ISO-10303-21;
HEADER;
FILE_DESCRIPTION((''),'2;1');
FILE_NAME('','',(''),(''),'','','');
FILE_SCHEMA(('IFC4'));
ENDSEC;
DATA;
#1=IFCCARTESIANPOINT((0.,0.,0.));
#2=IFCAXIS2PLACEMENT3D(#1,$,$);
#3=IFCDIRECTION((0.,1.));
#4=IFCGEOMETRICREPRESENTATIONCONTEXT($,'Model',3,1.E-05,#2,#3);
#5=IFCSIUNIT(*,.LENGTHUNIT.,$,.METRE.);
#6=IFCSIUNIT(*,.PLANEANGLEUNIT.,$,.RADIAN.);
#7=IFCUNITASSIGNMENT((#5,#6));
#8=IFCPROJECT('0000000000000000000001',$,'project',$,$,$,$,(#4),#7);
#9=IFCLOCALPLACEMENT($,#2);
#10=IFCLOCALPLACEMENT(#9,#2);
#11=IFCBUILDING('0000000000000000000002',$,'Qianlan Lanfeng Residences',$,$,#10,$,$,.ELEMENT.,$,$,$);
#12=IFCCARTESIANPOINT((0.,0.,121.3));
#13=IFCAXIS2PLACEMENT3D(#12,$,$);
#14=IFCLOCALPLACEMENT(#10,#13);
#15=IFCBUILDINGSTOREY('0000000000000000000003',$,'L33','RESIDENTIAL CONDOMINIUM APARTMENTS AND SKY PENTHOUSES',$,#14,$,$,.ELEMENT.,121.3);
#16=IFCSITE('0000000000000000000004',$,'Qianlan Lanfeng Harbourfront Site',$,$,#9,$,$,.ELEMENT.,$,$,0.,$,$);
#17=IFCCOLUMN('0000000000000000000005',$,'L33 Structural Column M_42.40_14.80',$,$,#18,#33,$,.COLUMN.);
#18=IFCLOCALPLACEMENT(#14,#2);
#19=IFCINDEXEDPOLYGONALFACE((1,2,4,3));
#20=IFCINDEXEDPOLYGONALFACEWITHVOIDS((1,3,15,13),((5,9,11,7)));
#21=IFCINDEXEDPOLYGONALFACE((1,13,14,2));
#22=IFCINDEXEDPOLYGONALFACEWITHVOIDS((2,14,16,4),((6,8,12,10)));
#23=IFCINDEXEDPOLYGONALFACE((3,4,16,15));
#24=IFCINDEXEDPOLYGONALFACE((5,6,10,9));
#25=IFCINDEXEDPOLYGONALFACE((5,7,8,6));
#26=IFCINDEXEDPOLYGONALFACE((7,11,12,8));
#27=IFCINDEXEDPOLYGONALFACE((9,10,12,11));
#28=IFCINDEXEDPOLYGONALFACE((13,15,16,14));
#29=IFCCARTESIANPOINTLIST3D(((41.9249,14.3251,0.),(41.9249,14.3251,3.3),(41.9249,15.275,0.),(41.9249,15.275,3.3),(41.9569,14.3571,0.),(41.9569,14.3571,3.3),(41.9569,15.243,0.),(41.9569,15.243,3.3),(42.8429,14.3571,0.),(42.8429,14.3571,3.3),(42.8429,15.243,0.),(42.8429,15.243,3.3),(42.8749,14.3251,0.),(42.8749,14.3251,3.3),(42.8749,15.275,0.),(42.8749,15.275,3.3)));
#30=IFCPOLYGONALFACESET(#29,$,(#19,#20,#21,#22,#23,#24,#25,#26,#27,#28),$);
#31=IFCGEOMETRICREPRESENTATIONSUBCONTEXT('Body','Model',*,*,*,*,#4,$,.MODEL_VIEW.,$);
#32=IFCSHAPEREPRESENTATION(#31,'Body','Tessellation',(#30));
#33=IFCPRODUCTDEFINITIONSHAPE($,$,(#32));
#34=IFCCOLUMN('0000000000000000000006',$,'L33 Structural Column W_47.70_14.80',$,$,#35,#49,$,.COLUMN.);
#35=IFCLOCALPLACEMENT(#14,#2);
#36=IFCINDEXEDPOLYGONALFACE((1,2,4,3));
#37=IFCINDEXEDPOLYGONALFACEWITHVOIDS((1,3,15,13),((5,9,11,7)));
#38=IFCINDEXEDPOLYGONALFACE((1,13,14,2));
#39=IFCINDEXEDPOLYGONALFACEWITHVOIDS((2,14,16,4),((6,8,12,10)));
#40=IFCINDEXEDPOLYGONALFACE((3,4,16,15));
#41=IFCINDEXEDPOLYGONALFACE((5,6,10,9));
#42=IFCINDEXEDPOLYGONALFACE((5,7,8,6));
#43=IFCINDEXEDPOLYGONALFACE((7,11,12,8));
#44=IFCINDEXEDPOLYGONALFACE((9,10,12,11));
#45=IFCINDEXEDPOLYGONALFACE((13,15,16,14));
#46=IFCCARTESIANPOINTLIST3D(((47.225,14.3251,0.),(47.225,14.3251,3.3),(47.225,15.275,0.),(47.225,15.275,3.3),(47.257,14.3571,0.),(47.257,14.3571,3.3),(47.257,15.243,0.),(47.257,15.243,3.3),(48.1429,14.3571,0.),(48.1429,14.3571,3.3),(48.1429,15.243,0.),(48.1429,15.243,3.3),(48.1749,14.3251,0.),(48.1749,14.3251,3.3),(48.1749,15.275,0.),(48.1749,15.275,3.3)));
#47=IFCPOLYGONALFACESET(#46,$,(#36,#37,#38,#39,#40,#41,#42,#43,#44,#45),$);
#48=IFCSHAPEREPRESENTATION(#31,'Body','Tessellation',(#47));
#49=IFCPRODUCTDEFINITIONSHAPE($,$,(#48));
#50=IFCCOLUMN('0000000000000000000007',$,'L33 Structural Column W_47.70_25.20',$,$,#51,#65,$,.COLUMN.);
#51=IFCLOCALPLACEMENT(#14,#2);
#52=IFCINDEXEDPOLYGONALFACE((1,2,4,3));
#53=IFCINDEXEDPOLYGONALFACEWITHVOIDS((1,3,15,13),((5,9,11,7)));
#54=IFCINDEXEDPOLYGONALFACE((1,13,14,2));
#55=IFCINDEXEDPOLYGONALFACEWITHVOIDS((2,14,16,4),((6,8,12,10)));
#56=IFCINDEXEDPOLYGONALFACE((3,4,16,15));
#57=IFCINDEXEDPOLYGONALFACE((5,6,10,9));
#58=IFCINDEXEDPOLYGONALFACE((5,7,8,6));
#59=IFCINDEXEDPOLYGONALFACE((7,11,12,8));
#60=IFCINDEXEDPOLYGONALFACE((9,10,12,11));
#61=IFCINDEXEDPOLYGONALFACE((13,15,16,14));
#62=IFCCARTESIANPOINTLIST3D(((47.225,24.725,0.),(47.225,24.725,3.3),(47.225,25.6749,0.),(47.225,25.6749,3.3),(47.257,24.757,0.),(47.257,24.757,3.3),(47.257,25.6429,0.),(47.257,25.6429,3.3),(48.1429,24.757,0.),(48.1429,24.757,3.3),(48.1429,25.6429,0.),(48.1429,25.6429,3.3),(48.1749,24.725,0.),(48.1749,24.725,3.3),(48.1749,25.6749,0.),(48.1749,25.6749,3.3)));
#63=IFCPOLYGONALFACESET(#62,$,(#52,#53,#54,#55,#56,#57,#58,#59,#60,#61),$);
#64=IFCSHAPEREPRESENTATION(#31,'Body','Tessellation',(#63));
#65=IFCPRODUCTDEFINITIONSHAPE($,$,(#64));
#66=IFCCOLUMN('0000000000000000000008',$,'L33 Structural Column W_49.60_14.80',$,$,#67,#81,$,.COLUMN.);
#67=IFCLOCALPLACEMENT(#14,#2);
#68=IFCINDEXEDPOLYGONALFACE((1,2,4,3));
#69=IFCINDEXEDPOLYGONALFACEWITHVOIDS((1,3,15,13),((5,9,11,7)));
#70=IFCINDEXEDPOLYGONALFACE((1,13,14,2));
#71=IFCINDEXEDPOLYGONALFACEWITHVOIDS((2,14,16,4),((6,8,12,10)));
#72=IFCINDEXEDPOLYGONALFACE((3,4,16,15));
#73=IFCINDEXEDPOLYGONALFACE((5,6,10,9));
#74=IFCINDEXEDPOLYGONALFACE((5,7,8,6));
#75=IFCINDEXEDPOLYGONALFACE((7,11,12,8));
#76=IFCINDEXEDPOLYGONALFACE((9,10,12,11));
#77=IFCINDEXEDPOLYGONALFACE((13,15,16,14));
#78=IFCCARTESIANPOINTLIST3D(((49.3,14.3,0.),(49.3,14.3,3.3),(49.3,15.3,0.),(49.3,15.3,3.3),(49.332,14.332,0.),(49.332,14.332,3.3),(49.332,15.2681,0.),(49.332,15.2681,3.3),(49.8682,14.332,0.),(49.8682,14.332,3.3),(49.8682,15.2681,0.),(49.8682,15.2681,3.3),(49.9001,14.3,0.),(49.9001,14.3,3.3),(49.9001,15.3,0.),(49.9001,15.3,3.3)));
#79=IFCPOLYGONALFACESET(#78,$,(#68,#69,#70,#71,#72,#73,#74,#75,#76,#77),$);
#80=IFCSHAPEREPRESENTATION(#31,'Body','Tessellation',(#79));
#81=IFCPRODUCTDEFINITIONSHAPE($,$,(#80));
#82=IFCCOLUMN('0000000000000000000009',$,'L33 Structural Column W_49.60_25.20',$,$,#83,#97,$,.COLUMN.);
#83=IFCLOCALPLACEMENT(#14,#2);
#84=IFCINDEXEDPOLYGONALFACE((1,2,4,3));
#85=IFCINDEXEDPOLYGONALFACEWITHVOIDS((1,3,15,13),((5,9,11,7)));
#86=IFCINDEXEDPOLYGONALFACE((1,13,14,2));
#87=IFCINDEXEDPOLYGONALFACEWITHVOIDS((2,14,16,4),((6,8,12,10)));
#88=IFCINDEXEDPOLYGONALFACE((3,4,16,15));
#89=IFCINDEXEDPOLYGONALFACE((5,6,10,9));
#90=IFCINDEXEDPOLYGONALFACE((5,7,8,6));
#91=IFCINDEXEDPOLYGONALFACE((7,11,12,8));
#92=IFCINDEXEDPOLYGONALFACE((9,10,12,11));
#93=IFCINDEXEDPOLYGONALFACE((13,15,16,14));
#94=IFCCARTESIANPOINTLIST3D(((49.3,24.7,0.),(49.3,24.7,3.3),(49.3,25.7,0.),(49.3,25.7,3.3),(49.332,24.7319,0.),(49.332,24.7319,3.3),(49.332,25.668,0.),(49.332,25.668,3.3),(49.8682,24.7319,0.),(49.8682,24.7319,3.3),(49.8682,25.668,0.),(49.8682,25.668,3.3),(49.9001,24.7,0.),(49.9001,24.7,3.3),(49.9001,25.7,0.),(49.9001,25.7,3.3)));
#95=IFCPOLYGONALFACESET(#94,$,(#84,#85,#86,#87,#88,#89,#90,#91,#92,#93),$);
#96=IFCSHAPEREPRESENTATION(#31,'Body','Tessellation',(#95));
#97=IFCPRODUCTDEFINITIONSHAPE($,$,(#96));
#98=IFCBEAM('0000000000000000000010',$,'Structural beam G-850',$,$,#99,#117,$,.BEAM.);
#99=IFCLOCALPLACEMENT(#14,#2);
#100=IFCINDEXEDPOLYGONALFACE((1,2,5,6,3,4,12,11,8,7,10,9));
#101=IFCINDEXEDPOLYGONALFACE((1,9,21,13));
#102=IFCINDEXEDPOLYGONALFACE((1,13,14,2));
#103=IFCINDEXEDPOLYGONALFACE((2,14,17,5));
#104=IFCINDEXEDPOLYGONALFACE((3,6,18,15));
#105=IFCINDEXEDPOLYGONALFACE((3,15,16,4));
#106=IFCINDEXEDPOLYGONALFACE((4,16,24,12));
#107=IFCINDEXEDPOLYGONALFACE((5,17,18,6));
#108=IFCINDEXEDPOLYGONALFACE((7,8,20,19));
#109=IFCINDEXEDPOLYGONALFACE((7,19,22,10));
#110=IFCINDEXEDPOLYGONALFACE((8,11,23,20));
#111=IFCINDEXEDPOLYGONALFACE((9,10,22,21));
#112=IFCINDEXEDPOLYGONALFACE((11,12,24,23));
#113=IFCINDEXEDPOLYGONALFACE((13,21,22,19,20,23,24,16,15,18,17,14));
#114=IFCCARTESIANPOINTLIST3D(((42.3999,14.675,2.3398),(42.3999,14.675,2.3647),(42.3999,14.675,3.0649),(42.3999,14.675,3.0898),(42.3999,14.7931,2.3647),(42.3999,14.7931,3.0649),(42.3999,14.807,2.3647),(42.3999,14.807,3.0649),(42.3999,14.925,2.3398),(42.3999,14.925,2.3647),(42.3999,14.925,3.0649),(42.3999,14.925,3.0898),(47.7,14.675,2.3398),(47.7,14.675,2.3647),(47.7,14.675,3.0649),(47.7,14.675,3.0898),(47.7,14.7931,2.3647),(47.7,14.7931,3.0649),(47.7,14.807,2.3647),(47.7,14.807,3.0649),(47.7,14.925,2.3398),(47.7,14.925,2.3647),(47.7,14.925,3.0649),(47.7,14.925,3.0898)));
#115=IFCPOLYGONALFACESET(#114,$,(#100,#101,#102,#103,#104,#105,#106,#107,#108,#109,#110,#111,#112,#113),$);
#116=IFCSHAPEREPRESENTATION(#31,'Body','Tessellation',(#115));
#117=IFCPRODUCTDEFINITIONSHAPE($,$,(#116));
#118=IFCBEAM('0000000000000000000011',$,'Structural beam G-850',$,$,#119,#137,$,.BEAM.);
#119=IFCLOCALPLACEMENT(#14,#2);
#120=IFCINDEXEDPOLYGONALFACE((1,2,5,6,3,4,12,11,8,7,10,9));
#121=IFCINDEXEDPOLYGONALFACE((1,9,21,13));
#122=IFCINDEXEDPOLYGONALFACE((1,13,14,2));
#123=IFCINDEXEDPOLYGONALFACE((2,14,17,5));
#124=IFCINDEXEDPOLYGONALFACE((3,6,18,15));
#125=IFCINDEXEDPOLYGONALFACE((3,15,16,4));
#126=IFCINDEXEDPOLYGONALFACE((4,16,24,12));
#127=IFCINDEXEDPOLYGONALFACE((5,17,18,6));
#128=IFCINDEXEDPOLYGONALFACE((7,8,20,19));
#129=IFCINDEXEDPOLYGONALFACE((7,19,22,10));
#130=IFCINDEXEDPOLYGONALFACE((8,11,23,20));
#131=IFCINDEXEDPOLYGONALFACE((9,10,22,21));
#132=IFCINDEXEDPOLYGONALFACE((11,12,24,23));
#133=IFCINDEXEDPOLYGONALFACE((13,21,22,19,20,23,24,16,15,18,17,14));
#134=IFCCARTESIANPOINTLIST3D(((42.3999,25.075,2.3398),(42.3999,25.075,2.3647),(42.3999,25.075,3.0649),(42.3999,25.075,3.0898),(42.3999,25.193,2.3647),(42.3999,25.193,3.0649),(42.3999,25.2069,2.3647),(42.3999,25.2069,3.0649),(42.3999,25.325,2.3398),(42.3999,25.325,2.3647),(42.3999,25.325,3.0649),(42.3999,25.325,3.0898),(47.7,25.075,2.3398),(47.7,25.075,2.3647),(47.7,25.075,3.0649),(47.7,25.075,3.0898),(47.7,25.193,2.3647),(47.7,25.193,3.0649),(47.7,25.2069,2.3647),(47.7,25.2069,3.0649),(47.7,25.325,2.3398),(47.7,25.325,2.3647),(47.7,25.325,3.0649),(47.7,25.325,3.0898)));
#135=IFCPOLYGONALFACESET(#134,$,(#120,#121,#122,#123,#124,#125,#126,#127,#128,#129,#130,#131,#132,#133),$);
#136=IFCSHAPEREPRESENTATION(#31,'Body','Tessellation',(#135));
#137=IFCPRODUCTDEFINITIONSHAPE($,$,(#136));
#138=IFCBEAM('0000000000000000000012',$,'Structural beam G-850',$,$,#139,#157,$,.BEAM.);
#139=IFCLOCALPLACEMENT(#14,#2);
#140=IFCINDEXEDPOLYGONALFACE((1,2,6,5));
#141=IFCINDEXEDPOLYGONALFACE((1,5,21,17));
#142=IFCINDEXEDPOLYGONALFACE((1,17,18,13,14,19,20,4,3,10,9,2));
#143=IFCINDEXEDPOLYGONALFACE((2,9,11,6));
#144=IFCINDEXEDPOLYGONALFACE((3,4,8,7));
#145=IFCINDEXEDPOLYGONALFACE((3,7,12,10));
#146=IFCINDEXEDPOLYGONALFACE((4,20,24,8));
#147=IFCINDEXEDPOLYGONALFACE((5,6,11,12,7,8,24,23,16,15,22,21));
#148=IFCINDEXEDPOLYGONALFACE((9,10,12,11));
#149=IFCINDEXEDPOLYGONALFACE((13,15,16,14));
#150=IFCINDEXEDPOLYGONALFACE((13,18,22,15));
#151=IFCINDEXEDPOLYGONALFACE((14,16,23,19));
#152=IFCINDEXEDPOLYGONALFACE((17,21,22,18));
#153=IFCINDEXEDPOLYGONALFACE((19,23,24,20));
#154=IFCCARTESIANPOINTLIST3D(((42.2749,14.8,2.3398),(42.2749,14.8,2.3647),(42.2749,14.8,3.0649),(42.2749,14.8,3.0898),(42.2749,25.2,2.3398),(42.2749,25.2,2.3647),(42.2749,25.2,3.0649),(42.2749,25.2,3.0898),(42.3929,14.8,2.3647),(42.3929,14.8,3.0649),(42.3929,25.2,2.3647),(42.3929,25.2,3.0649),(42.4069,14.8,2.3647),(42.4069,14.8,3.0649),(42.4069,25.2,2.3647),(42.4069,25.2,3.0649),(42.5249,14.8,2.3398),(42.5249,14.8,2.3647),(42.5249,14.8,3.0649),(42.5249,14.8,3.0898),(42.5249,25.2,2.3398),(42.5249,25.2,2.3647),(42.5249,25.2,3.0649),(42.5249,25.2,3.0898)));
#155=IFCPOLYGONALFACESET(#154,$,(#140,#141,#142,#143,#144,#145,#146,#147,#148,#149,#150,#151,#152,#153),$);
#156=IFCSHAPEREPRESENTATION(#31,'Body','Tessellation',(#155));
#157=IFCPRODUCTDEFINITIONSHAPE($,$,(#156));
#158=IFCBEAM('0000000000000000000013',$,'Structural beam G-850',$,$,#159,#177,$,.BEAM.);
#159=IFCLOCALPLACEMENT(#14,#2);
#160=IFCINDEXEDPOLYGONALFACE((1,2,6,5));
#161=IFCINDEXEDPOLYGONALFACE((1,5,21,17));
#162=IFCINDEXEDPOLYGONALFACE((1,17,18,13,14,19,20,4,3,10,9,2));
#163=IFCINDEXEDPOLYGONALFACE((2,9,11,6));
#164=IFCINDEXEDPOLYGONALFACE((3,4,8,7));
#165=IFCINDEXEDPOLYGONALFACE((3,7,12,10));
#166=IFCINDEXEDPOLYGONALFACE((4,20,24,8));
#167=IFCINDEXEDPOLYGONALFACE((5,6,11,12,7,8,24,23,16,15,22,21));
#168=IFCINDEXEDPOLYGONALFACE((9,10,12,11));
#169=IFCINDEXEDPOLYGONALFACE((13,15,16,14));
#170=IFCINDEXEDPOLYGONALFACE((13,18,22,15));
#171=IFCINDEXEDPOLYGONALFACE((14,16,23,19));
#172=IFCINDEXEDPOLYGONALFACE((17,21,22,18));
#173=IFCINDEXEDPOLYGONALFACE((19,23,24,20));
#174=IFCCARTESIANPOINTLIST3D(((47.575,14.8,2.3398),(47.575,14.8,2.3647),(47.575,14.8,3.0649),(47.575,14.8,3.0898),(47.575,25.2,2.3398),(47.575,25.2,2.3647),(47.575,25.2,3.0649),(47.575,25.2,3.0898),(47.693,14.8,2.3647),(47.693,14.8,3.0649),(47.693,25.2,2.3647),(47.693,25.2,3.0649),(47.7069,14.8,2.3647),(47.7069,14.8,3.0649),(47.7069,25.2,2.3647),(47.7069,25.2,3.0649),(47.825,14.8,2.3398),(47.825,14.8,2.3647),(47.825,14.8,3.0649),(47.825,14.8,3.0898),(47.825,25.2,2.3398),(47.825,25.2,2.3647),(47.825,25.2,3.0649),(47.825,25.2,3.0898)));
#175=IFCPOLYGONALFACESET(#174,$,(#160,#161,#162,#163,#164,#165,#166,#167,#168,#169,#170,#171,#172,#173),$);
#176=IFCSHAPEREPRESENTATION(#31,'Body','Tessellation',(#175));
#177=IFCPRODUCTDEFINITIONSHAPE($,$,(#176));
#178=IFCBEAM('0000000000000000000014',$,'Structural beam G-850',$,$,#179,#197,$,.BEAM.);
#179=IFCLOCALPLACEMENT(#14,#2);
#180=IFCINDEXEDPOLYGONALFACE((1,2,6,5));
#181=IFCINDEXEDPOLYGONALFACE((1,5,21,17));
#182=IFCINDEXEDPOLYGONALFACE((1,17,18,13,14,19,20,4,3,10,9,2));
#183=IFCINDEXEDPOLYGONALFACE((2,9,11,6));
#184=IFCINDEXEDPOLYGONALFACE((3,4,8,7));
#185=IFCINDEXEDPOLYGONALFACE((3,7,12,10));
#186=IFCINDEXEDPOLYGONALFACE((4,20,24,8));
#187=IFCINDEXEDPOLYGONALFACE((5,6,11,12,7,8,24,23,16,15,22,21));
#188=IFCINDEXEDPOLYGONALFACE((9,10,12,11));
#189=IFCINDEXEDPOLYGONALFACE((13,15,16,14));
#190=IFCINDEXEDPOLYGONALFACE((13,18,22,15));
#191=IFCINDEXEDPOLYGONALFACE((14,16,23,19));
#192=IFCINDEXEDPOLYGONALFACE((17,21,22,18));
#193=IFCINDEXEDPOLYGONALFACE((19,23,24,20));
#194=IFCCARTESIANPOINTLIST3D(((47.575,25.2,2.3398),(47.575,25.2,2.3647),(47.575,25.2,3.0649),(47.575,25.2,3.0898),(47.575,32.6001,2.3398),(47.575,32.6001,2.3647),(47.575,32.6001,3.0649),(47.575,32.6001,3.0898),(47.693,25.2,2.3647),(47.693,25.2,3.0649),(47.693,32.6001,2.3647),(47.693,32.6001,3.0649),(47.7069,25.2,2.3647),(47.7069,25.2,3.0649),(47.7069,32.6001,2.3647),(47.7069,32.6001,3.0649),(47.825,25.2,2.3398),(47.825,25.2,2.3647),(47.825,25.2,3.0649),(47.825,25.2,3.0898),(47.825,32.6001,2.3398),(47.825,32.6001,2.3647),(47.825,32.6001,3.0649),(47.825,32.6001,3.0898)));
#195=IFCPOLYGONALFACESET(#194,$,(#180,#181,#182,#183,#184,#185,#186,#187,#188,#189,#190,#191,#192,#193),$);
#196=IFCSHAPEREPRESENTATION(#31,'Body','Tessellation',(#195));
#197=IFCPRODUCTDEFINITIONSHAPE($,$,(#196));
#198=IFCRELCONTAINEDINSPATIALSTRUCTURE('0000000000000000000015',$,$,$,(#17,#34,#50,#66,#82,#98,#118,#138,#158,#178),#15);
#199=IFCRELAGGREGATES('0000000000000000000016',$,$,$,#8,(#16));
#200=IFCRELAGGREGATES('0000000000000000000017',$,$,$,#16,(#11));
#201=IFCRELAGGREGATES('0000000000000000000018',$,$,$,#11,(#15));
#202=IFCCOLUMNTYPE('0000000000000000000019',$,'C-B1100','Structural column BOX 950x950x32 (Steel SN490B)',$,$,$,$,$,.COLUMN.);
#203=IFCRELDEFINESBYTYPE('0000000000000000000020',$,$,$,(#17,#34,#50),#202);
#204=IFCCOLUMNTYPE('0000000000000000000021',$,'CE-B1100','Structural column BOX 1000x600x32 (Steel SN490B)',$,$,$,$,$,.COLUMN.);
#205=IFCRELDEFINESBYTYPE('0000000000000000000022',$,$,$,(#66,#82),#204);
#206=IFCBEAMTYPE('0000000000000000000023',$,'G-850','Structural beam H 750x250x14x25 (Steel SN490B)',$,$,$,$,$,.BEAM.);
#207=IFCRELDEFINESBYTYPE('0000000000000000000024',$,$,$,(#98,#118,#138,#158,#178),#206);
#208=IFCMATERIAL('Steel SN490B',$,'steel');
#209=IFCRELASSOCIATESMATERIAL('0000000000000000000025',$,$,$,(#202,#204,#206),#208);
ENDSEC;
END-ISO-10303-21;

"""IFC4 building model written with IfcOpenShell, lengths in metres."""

from ifc_helpers import new_model, si_unit, direction, frame, origin, origin_2d, place, context, subcontext, project, spatial, hollow_rectangle, i_section, extrude, material, material_profile, profile_set, type_object, element, save


model = new_model("IFC4")

# Units and contexts
model_context = context("Model", 3, precision=1e-05, world=origin(), true_north=direction((0.0, 1.0)))
body_context = subcontext(model_context, "Body", "Model", "MODEL_VIEW")
ifc_project = project(units=[si_unit("LENGTHUNIT", "METRE"), si_unit("PLANEANGLEUNIT", "RADIAN")], contexts=[model_context])

# Site, building, storey
site_placement = place(None, origin())
site = spatial("IfcSite", under=ifc_project, at=site_placement, Name="Qianlan Lanfeng Harbourfront Site", CompositionType="ELEMENT", RefElevation=0.0)
building_placement = place(site_placement, origin())
building = spatial("IfcBuilding", under=site, at=building_placement, Name="Qianlan Lanfeng Residences", CompositionType="ELEMENT")
storey_placement = place(building_placement, frame((0.0, 0.0, 121.3)))
storey = spatial("IfcBuildingStorey", under=building, at=storey_placement, Name="L33", Description="RESIDENTIAL CONDOMINIUM APARTMENTS AND SKY PENTHOUSES", CompositionType="ELEMENT", Elevation=121.3)

# Columns
ifc_material_1 = material(Name="Steel SN490B", Category="steel")
ifc_material_profile_1 = material_profile(ifc_material_1, hollow_rectangle(XDim=0.95, YDim=0.95, WallThickness=0.032, at=origin_2d()), Name="BOX 950x950x32")
ifc_profile_set_1 = profile_set([ifc_material_profile_1], Name="Steel SN490B")
column_type_1 = type_object("IfcColumnType", Name="C-B1100", Description="Structural column BOX 950x950x32 (Steel SN490B)", PredefinedType="COLUMN", material=ifc_profile_set_1)
for number, where, z_axis, x_axis, name in (
    (1, (42.3999, 14.8, 0.0), (0.0, 0.0, 1.0), (1.0, 0.0, 0.0), "L33 Structural Column M_42.40_14.80"),
    (2, (47.7, 14.8, 0.0), (0.0, 0.0, 1.0), (1.0, 0.0, 0.0), "L33 Structural Column W_47.70_14.80"),
    (3, (47.7, 25.2, 0.0), (0.0, 0.0, 1.0), (1.0, 0.0, 0.0), "L33 Structural Column W_47.70_25.20"),
):
    element("IfcColumn", number, at=place(storey_placement, frame(where, z_axis=z_axis, x_axis=x_axis)), inside=storey, type_object=column_type_1, Name=name, PredefinedType="COLUMN", context=body_context, shape_type="SweptSolid", body=[
        extrude(hollow_rectangle(XDim=0.95, YDim=0.95, WallThickness=0.032, at=origin_2d()), origin(), (0.0, 0.0, 1.0), 3.3),
    ])
ifc_material_profile_2 = material_profile(ifc_material_1, hollow_rectangle(XDim=0.6001, YDim=1.0, WallThickness=0.032, at=origin_2d()), Name="BOX 1000x600x32")
ifc_profile_set_2 = profile_set([ifc_material_profile_2], Name="Steel SN490B")
column_type_2 = type_object("IfcColumnType", Name="CE-B1100", Description="Structural column BOX 1000x600x32 (Steel SN490B)", PredefinedType="COLUMN", material=ifc_profile_set_2)
for number, where, z_axis, x_axis, name in (
    (4, (49.6001, 14.8, 0.0), (0.0, 0.0, 1.0), (1.0, 0.0, 0.0), "L33 Structural Column W_49.60_14.80"),
    (5, (49.6001, 25.2, 0.0), (0.0, 0.0, 1.0), (1.0, 0.0, 0.0), "L33 Structural Column W_49.60_25.20"),
):
    element("IfcColumn", number, at=place(storey_placement, frame(where, z_axis=z_axis, x_axis=x_axis)), inside=storey, type_object=column_type_2, Name=name, PredefinedType="COLUMN", context=body_context, shape_type="SweptSolid", body=[
        extrude(hollow_rectangle(XDim=0.6001, YDim=1.0, WallThickness=0.032, at=origin_2d()), origin(), (0.0, 0.0, 1.0), 3.3),
    ])

# Beams
ifc_material_profile_3 = material_profile(ifc_material_1, i_section(OverallWidth=0.25, OverallDepth=0.75, WebThickness=0.0139, FlangeThickness=0.0249, at=origin_2d()), Name="H 750x250x14x25")
ifc_profile_set_3 = profile_set([ifc_material_profile_3], Name="Steel SN490B")
beam_type_1 = type_object("IfcBeamType", Name="G-850", Description="Structural beam H 750x250x14x25 (Steel SN490B)", PredefinedType="BEAM", material=ifc_profile_set_3)
for number, where, z_axis, x_axis, name in (
    (6, (42.3999, 14.8, 2.7148), (1.0, 0.0, 0.0), (0.0, 1.0, 0.0), "Structural beam G-850"),
    (7, (42.3999, 25.2, 2.7148), (1.0, 0.0, 0.0), (0.0, 1.0, 0.0), "Structural beam G-850"),
):
    element("IfcBeam", number, at=place(storey_placement, frame(where, z_axis=z_axis, x_axis=x_axis)), inside=storey, type_object=beam_type_1, Name=name, PredefinedType="BEAM", context=body_context, shape_type="SweptSolid", body=[
        extrude(i_section(OverallWidth=0.25, OverallDepth=0.75, WebThickness=0.0139, FlangeThickness=0.0249, at=origin_2d()), origin(), (0.0, 0.0, 1.0), 5.3),
    ])
for number, where, z_axis, x_axis, name in (
    (8, (42.3999, 14.8, 2.7148), (0.0, 1.0, 0.0), (-1.0, 0.0, 0.0), "Structural beam G-850"),
    (9, (47.7, 14.8, 2.7148), (0.0, 1.0, 0.0), (-1.0, 0.0, 0.0), "Structural beam G-850"),
):
    element("IfcBeam", number, at=place(storey_placement, frame(where, z_axis=z_axis, x_axis=x_axis)), inside=storey, type_object=beam_type_1, Name=name, PredefinedType="BEAM", context=body_context, shape_type="SweptSolid", body=[
        extrude(i_section(OverallWidth=0.25, OverallDepth=0.75, WebThickness=0.0139, FlangeThickness=0.0249, at=origin_2d()), origin(), (0.0, 0.0, 1.0), 10.3999),
    ])
beam_1_placement = place(storey_placement, frame((47.7, 25.2, 2.7148), z_axis=(0.0, 1.0, 0.0), x_axis=(-1.0, 0.0, 0.0)))
element("IfcBeam", 10, at=beam_1_placement, inside=storey, type_object=beam_type_1, Name="Structural beam G-850", PredefinedType="BEAM", context=body_context, shape_type="SweptSolid", body=[
    extrude(i_section(OverallWidth=0.25, OverallDepth=0.75, WebThickness=0.0139, FlangeThickness=0.0249, at=origin_2d()), origin(), (0.0, 0.0, 1.0), 7.4001),
])

save(model, "model.ifc")
